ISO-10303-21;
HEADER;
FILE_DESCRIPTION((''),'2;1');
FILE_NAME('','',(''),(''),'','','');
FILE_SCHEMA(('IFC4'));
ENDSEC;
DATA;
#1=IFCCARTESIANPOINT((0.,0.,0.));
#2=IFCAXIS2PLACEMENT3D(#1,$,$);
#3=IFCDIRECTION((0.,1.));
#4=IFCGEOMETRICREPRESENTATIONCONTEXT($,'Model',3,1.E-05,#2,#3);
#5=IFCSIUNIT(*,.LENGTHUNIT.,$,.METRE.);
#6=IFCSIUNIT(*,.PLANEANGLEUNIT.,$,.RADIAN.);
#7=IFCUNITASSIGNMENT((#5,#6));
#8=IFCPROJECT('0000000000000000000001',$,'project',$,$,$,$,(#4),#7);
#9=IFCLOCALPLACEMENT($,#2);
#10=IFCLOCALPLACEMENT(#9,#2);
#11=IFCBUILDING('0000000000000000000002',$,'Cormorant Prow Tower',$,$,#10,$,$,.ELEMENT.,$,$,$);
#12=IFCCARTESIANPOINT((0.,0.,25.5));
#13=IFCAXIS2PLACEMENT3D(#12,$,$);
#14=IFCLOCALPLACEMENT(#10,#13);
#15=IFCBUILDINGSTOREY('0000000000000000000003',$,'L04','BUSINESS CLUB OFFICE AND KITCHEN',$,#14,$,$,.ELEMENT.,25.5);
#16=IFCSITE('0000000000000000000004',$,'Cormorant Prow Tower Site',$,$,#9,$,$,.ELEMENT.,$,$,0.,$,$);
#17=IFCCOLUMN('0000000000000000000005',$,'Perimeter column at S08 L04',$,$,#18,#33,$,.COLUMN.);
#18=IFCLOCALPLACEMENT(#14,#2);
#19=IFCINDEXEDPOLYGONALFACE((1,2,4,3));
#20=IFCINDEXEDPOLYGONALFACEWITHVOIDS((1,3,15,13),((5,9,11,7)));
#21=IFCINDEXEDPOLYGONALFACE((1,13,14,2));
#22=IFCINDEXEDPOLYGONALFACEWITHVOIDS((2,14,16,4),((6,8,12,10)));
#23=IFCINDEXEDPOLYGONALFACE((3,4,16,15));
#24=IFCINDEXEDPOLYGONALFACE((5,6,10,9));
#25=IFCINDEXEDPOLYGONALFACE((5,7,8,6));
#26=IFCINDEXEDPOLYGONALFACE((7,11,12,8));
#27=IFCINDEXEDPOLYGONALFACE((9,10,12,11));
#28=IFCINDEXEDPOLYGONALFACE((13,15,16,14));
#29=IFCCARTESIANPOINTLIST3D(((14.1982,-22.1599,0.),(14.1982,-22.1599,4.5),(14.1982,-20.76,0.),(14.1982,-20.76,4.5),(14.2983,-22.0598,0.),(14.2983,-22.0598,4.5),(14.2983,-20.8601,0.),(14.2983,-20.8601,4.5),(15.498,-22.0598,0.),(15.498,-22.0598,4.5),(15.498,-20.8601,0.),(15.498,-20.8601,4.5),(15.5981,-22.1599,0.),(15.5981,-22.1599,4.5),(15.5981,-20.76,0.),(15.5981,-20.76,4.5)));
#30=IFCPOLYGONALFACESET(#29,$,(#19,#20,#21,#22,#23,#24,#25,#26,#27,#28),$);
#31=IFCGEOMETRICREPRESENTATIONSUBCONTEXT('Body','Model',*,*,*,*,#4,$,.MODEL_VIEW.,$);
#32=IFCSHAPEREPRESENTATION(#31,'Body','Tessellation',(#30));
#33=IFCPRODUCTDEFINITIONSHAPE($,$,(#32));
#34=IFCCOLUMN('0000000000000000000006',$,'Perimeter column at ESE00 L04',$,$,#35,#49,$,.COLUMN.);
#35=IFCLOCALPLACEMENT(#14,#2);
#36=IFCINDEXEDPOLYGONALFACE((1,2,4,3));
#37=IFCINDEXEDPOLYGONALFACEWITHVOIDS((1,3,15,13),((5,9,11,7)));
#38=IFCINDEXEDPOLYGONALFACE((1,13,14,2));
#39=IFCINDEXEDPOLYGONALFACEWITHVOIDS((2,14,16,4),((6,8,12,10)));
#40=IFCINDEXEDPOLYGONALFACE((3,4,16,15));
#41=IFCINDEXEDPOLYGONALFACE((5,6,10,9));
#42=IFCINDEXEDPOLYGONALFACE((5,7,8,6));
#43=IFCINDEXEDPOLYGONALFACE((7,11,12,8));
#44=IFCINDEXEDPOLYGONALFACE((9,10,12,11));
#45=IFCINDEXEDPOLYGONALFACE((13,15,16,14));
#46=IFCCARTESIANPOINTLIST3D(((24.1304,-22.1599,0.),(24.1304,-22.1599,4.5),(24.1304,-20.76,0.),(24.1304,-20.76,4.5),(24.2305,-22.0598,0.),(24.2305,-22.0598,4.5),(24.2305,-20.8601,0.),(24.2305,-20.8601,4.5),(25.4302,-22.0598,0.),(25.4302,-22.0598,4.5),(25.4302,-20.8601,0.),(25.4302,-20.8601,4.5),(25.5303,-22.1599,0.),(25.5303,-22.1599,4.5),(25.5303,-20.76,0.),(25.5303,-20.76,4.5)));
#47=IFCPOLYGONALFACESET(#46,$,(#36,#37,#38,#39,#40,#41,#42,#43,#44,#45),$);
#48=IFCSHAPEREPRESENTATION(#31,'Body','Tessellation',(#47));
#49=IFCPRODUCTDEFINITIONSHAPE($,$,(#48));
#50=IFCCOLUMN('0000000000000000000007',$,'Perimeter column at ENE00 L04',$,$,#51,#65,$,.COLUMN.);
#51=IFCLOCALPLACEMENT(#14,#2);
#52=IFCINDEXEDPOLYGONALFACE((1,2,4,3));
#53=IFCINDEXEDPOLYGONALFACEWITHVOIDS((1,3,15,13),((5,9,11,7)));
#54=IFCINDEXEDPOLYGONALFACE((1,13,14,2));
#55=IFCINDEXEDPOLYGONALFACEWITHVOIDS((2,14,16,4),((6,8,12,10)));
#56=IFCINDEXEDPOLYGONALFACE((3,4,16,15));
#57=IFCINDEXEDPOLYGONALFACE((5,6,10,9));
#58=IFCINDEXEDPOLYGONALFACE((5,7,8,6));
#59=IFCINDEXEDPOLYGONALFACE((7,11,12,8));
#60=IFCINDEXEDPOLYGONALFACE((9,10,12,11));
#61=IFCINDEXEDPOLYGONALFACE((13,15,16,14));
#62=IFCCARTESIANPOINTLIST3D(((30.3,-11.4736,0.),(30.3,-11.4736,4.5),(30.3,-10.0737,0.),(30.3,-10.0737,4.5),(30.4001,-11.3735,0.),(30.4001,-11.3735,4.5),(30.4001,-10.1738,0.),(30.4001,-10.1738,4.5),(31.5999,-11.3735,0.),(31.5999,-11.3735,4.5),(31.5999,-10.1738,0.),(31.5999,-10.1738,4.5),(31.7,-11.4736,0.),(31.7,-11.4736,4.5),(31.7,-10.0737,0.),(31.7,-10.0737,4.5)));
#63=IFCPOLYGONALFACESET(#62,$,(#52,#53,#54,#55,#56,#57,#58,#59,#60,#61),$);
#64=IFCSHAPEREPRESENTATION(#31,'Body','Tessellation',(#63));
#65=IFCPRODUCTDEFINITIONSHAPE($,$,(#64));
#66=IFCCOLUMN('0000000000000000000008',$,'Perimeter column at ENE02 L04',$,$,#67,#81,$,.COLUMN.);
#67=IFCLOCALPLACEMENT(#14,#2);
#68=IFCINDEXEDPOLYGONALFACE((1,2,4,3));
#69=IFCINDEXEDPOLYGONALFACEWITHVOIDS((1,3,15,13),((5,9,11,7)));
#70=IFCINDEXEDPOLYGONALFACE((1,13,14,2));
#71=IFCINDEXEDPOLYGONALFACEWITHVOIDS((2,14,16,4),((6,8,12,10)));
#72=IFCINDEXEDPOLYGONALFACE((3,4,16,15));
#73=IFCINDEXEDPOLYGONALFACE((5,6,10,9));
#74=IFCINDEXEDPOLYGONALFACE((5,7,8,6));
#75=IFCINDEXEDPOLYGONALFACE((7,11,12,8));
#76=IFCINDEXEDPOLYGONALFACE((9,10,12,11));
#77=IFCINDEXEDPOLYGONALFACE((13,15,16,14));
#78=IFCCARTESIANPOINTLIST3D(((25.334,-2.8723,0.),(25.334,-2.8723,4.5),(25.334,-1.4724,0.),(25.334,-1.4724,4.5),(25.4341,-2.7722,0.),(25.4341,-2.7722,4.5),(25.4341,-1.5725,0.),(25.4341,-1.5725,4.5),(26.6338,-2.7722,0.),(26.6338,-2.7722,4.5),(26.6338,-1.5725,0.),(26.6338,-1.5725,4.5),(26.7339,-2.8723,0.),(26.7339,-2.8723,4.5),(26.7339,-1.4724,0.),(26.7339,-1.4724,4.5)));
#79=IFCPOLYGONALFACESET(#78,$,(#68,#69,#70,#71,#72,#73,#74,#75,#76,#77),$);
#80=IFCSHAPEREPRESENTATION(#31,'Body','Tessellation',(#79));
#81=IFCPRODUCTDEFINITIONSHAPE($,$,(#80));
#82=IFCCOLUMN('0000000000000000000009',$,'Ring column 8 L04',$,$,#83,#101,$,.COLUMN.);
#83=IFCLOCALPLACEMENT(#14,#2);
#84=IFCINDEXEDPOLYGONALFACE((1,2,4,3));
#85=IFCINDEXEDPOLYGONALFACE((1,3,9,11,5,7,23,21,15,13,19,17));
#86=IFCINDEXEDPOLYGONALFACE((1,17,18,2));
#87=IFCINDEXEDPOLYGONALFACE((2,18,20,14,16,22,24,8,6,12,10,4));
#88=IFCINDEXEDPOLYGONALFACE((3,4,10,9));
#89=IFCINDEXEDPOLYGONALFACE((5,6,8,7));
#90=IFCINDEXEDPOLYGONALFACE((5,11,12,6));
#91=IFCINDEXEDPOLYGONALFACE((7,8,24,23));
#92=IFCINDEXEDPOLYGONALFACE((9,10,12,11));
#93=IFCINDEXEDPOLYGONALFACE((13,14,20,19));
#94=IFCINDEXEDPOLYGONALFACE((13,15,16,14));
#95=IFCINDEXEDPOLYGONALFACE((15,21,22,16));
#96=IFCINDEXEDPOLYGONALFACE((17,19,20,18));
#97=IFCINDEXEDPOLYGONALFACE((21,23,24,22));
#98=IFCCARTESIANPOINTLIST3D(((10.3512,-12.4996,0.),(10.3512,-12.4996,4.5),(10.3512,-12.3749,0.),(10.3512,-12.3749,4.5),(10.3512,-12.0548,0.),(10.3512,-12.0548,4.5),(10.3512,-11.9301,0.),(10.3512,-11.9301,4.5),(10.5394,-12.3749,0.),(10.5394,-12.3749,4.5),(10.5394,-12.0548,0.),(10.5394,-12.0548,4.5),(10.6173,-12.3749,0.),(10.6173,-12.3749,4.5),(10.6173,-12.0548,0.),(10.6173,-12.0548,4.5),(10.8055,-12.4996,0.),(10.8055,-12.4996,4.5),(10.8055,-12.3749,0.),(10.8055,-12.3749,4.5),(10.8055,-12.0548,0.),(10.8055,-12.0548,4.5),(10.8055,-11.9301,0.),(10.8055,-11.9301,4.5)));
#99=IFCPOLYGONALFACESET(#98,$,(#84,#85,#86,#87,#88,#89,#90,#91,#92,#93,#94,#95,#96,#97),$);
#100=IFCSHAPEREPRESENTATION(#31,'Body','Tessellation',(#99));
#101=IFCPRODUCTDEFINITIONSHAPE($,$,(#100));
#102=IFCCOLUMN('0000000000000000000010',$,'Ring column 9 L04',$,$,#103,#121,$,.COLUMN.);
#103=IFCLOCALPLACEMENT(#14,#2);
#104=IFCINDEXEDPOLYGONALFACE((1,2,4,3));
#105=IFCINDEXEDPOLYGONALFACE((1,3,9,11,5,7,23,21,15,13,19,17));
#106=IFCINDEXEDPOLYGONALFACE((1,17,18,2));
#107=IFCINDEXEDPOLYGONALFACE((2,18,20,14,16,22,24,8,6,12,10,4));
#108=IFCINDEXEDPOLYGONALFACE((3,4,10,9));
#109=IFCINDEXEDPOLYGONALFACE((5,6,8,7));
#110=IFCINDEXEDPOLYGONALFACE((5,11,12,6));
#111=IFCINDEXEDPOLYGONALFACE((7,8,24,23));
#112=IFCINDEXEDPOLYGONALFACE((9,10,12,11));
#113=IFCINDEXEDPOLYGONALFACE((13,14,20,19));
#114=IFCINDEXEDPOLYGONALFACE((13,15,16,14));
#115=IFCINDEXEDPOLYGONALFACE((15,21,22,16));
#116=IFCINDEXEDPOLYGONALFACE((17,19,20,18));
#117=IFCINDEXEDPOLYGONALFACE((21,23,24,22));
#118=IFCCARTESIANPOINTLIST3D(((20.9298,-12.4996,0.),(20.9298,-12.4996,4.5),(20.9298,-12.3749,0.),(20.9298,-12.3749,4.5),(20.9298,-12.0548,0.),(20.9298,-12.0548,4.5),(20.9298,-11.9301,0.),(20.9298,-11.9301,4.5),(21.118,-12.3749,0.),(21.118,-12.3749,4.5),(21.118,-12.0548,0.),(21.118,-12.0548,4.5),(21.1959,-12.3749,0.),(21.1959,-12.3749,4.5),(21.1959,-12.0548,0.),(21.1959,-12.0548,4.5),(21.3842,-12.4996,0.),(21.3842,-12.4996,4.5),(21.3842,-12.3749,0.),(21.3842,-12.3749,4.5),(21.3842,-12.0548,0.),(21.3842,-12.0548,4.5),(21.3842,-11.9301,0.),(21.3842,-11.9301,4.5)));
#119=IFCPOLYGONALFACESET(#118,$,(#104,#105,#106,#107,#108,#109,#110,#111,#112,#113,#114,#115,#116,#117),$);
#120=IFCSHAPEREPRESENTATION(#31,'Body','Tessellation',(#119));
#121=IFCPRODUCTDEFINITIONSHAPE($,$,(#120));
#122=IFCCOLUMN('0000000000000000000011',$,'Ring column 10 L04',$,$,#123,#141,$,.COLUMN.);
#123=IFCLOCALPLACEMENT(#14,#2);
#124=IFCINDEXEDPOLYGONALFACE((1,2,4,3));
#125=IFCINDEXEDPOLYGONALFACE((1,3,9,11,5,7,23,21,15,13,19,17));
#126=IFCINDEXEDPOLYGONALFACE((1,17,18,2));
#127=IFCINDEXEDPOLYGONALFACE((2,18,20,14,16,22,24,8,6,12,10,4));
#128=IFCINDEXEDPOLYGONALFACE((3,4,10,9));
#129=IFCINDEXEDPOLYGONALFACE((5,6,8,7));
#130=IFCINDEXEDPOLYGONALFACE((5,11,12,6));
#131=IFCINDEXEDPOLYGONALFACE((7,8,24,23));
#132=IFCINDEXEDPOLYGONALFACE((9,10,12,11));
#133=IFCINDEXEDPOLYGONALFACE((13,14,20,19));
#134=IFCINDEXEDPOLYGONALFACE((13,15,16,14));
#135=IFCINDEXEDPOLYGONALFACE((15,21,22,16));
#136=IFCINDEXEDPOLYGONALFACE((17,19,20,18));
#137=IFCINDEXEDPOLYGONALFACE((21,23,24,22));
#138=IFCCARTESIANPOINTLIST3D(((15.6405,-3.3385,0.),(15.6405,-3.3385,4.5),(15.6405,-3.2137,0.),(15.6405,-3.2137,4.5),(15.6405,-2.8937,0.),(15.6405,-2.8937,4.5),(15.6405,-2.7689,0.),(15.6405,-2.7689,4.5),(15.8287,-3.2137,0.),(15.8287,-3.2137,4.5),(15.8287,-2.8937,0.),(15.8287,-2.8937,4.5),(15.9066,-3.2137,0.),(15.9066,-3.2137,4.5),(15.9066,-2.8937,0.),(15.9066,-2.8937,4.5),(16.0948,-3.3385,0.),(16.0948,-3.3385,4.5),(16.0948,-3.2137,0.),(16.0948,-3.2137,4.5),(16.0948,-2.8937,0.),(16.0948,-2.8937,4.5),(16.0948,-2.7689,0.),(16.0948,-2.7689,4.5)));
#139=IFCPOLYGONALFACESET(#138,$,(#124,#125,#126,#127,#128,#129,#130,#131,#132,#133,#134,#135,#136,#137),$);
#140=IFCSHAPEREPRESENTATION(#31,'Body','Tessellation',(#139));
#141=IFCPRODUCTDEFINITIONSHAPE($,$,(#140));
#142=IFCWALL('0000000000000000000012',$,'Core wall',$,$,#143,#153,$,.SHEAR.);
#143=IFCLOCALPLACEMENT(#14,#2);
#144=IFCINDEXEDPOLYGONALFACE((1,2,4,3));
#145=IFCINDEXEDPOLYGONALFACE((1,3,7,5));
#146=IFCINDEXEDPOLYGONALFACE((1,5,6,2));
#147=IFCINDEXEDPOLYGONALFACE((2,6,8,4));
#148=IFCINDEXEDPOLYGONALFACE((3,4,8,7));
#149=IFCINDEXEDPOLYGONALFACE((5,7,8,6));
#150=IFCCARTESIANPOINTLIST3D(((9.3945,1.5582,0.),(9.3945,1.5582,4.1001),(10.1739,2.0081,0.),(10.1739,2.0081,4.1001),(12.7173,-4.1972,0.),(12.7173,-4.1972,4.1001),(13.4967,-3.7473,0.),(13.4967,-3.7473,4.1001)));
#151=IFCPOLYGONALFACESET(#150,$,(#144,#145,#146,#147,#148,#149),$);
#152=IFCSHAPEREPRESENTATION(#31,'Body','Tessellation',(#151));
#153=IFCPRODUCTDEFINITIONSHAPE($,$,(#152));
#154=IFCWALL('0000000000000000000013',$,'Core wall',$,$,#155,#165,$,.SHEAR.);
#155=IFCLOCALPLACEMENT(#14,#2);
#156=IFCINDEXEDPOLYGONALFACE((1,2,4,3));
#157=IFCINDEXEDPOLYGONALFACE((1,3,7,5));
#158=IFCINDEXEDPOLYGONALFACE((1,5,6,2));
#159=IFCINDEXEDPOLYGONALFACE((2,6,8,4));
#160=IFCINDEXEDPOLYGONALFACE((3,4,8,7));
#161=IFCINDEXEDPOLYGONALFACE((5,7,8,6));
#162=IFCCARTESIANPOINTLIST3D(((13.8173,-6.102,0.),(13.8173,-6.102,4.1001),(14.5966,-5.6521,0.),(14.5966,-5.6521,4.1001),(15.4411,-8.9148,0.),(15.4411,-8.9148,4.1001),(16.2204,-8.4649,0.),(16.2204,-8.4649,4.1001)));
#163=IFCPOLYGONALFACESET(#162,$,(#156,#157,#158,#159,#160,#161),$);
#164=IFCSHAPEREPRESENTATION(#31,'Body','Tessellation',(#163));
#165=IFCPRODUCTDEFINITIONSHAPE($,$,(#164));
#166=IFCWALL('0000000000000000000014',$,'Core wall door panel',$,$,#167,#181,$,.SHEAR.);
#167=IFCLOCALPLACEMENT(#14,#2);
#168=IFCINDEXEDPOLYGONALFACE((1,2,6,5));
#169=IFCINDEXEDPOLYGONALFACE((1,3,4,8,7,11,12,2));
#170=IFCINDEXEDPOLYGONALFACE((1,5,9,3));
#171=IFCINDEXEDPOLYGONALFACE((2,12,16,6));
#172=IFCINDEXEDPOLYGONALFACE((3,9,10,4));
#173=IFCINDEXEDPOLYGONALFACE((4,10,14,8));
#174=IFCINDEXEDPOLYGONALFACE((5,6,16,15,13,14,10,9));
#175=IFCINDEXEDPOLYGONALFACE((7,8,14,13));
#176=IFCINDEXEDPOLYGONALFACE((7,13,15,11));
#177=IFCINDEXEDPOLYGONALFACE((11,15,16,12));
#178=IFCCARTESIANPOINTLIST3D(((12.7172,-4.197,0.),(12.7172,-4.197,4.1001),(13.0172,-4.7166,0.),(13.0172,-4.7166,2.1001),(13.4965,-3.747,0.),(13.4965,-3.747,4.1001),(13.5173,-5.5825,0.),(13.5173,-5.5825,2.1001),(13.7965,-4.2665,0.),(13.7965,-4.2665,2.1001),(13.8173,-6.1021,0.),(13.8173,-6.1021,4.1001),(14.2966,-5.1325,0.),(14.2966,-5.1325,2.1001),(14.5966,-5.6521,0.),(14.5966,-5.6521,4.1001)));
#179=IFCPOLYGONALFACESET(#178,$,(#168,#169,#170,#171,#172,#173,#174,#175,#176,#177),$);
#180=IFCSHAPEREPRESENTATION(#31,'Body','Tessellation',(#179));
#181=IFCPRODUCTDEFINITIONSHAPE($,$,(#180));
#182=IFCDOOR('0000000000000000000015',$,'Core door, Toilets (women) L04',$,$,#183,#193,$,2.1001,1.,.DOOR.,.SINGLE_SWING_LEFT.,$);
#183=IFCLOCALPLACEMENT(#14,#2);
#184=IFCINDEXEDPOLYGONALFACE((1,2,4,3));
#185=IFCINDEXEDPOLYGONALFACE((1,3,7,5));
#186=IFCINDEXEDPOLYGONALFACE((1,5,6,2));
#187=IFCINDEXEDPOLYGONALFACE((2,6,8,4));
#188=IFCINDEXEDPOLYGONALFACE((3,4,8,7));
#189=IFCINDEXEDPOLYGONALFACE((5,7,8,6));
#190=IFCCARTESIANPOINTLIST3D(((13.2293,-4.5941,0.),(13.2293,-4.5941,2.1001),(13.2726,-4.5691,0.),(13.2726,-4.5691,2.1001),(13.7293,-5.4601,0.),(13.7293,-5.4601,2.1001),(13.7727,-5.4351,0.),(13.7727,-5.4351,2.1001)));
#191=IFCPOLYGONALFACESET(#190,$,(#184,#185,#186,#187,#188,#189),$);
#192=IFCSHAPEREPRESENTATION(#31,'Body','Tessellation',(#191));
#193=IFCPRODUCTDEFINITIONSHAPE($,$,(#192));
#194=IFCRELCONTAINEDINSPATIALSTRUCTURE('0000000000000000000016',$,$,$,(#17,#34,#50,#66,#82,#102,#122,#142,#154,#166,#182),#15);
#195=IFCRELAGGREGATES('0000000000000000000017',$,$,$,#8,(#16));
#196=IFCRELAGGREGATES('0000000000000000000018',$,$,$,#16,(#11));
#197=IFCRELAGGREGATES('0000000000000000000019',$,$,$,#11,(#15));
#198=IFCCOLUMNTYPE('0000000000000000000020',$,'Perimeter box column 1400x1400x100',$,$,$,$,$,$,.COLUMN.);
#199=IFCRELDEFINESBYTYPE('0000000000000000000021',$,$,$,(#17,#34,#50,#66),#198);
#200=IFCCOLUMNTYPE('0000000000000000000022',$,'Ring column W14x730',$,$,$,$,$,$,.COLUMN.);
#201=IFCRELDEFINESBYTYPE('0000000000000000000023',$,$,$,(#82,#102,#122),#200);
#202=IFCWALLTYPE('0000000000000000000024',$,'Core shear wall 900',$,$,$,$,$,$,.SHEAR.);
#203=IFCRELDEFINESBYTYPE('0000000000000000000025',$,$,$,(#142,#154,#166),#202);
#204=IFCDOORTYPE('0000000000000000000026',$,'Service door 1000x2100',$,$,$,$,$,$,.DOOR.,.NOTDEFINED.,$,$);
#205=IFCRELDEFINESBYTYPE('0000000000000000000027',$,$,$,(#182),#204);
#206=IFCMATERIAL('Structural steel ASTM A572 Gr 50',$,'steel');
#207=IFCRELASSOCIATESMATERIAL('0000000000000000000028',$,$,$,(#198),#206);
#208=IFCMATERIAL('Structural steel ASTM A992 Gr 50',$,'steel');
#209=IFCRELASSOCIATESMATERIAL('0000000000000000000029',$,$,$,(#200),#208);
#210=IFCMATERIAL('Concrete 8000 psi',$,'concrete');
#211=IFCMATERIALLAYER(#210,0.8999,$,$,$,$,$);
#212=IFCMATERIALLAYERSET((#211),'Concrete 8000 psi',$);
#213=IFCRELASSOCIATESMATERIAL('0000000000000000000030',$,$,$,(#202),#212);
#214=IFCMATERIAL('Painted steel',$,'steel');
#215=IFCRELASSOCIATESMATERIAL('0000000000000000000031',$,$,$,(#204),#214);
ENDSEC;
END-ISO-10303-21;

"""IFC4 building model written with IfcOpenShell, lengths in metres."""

from ifc_helpers import new_model, si_unit, direction, frame, frame_2d, origin, origin_2d, place, context, subcontext, project, spatial, rectangle, hollow_rectangle, i_section, extrude, material, layer, layer_set, material_profile, profile_set, type_object, element, fill, save


model = new_model("IFC4")

# Units and contexts
model_context = context("Model", 3, precision=1e-05, world=origin(), true_north=direction((0.0, 1.0)))
body_context = subcontext(model_context, "Body", "Model", "MODEL_VIEW")
ifc_project = project(units=[si_unit("LENGTHUNIT", "METRE"), si_unit("PLANEANGLEUNIT", "RADIAN")], contexts=[model_context])

# Site, building, storey
site_placement = place(None, origin())
site = spatial("IfcSite", under=ifc_project, at=site_placement, Name="Cormorant Prow Tower Site", CompositionType="ELEMENT", RefElevation=0.0)
building_placement = place(site_placement, origin())
building = spatial("IfcBuilding", under=site, at=building_placement, Name="Cormorant Prow Tower", CompositionType="ELEMENT")
storey_placement = place(building_placement, frame((0.0, 0.0, 25.5)))
storey = spatial("IfcBuildingStorey", under=building, at=storey_placement, Name="L04", Description="BUSINESS CLUB OFFICE AND KITCHEN", CompositionType="ELEMENT", Elevation=25.5)

# Columns
ifc_material_1 = material(Name="Structural steel ASTM A572 Gr 50", Category="steel")
ifc_material_profile_1 = material_profile(ifc_material_1, hollow_rectangle(XDim=1.3999, YDim=1.3999, WallThickness=0.1001, at=origin_2d()), Name="Box 1400x1400x100")
ifc_profile_set_1 = profile_set([ifc_material_profile_1], Name="Structural steel ASTM A572 Gr 50")
column_type_1 = type_object("IfcColumnType", Name="Perimeter box column 1400x1400x100", PredefinedType="COLUMN", material=ifc_profile_set_1)
for number, where, z_axis, x_axis, name in (
    (1, (14.8982, -21.46, 0.0), (0.0, 0.0, 1.0), (1.0, 0.0, 0.0), "Perimeter column at S08 L04"),
    (2, (24.8303, -21.46, 0.0), (0.0, 0.0, 1.0), (1.0, 0.0, 0.0), "Perimeter column at ESE00 L04"),
    (3, (31.0, -10.7737, 0.0), (0.0, 0.0, 1.0), (1.0, 0.0, 0.0), "Perimeter column at ENE00 L04"),
    (4, (26.0339, -2.1724, 0.0), (0.0, 0.0, 1.0), (1.0, 0.0, 0.0), "Perimeter column at ENE02 L04"),
):
    element("IfcColumn", number, at=place(storey_placement, frame(where, z_axis=z_axis, x_axis=x_axis)), inside=storey, type_object=column_type_1, Name=name, PredefinedType="COLUMN", context=body_context, shape_type="SweptSolid", body=[
        extrude(hollow_rectangle(XDim=1.3999, YDim=1.3999, WallThickness=0.1001, at=origin_2d()), origin(), (0.0, 0.0, 1.0), 4.5),
    ])
ifc_material_2 = material(Name="Structural steel ASTM A992 Gr 50", Category="steel")
ifc_material_profile_2 = material_profile(ifc_material_2, i_section(OverallWidth=0.4543, OverallDepth=0.5696, WebThickness=0.0779, FlangeThickness=0.1248, at=origin_2d()), Name="W14x730")
ifc_profile_set_2 = profile_set([ifc_material_profile_2], Name="Structural steel ASTM A992 Gr 50")
column_type_2 = type_object("IfcColumnType", Name="Ring column W14x730", PredefinedType="COLUMN", material=ifc_profile_set_2)
for number, where, z_axis, x_axis, name in (
    (5, (10.5784, -12.2148, 0.0), (0.0, 0.0, 1.0), (1.0, 0.0, 0.0), "Ring column 8 L04"),
    (6, (21.157, -12.2148, 0.0), (0.0, 0.0, 1.0), (1.0, 0.0, 0.0), "Ring column 9 L04"),
    (7, (15.8677, -3.0537, 0.0), (0.0, 0.0, 1.0), (1.0, 0.0, 0.0), "Ring column 10 L04"),
):
    element("IfcColumn", number, at=place(storey_placement, frame(where, z_axis=z_axis, x_axis=x_axis)), inside=storey, type_object=column_type_2, Name=name, PredefinedType="COLUMN", context=body_context, shape_type="SweptSolid", body=[
        extrude(i_section(OverallWidth=0.4543, OverallDepth=0.5696, WebThickness=0.0779, FlangeThickness=0.1248, at=origin_2d()), origin(), (0.0, 0.0, 1.0), 4.5),
    ])

# Walls
ifc_material_3 = material(Name="Concrete 8000 psi", Category="concrete")
ifc_layer_1 = layer(ifc_material_3, 0.8999)
ifc_layer_set_1 = layer_set([ifc_layer_1], Name="Concrete 8000 psi")
wall_type_1 = type_object("IfcWallType", Name="Core shear wall 900", PredefinedType="SHEAR", material=ifc_layer_set_1)
wall_1_placement = place(storey_placement, frame((13.1069, -3.9722, 0.0), z_axis=(0.0, 0.0, 1.0), x_axis=(-0.499987, 0.866033, 0.0)))
element("IfcWall", 8, at=wall_1_placement, inside=storey, type_object=wall_type_1, Name="Core wall", PredefinedType="SHEAR", context=body_context, shape_type="SweptSolid", body=[
    extrude(rectangle(XDim=6.6458, YDim=0.8999, at=frame_2d((3.3228, 0.0))), origin(), (0.0, 0.0, 1.0), 4.1001),
])
wall_2_placement = place(storey_placement, frame((15.8308, -8.6899, 0.0), z_axis=(0.0, 0.0, 1.0), x_axis=(-0.499963, 0.866047, 0.0)))
element("IfcWall", 9, at=wall_2_placement, inside=storey, type_object=wall_type_1, Name="Core wall", PredefinedType="SHEAR", context=body_context, shape_type="SweptSolid", body=[
    extrude(rectangle(XDim=3.2478, YDim=0.8999, at=frame_2d((1.624, 0.0))), origin(), (0.0, 0.0, 1.0), 4.1001),
])

# Wall, opening, door
wall_3_placement = place(storey_placement, frame((14.207, -5.8772, 0.0), z_axis=(0.0, 0.0, 1.0), x_axis=(-0.500078, 0.86598, 0.0)))
wall_3 = element("IfcWall", 10, at=wall_3_placement, inside=storey, type_object=wall_type_1, Name="Core wall door panel", PredefinedType="SHEAR", context=body_context, shape_type="SweptSolid", body=[
    extrude(rectangle(XDim=2.2, YDim=0.8999, at=frame_2d((1.1001, 0.0))), origin(), (0.0, 0.0, 1.0), 4.1001),
])
opening_1_placement = place(wall_3_placement, frame((0.6001, 0.0, 0.0)))
opening_1 = element("IfcOpeningElement", 11, at=opening_1_placement, cuts=wall_3, PredefinedType="OPENING", context=body_context, shape_type="SweptSolid", body=[
    extrude(rectangle(XDim=1.0, YDim=2.1001, at=frame_2d((0.5, 1.05))), frame((0.0, 0.46, 0.0), z_axis=(0.0, -1.0, 0.0), x_axis=(1.0, 0.0, 0.0)), (0.0, 0.0, 1.0), 0.9199),
])
ifc_material_4 = material(Name="Painted steel", Category="steel")
door_type_1 = type_object("IfcDoorType", Name="Service door 1000x2100", OperationType="NOTDEFINED", PredefinedType="DOOR", material=ifc_material_4)
door_1_placement = place(opening_1_placement, origin())
door_1 = element("IfcDoor", 12, at=door_1_placement, inside=storey, type_object=door_type_1, Name="Core door, Toilets (women) L04", OperationType="SINGLE_SWING_LEFT", OverallHeight=2.1001, OverallWidth=1.0, PredefinedType="DOOR", context=body_context, shape_type="SweptSolid", body=[
    extrude(rectangle(XDim=1.0, YDim=2.1001, at=frame_2d((0.5, 1.05))), frame((0.0, 0.2051, 0.0), z_axis=(0.0, -1.0, 0.0), x_axis=(1.0, 0.0, 0.0)), (0.0, 0.0, 1.0), 0.05),
])
fill(opening_1, door_1)

save(model, "model.ifc")
